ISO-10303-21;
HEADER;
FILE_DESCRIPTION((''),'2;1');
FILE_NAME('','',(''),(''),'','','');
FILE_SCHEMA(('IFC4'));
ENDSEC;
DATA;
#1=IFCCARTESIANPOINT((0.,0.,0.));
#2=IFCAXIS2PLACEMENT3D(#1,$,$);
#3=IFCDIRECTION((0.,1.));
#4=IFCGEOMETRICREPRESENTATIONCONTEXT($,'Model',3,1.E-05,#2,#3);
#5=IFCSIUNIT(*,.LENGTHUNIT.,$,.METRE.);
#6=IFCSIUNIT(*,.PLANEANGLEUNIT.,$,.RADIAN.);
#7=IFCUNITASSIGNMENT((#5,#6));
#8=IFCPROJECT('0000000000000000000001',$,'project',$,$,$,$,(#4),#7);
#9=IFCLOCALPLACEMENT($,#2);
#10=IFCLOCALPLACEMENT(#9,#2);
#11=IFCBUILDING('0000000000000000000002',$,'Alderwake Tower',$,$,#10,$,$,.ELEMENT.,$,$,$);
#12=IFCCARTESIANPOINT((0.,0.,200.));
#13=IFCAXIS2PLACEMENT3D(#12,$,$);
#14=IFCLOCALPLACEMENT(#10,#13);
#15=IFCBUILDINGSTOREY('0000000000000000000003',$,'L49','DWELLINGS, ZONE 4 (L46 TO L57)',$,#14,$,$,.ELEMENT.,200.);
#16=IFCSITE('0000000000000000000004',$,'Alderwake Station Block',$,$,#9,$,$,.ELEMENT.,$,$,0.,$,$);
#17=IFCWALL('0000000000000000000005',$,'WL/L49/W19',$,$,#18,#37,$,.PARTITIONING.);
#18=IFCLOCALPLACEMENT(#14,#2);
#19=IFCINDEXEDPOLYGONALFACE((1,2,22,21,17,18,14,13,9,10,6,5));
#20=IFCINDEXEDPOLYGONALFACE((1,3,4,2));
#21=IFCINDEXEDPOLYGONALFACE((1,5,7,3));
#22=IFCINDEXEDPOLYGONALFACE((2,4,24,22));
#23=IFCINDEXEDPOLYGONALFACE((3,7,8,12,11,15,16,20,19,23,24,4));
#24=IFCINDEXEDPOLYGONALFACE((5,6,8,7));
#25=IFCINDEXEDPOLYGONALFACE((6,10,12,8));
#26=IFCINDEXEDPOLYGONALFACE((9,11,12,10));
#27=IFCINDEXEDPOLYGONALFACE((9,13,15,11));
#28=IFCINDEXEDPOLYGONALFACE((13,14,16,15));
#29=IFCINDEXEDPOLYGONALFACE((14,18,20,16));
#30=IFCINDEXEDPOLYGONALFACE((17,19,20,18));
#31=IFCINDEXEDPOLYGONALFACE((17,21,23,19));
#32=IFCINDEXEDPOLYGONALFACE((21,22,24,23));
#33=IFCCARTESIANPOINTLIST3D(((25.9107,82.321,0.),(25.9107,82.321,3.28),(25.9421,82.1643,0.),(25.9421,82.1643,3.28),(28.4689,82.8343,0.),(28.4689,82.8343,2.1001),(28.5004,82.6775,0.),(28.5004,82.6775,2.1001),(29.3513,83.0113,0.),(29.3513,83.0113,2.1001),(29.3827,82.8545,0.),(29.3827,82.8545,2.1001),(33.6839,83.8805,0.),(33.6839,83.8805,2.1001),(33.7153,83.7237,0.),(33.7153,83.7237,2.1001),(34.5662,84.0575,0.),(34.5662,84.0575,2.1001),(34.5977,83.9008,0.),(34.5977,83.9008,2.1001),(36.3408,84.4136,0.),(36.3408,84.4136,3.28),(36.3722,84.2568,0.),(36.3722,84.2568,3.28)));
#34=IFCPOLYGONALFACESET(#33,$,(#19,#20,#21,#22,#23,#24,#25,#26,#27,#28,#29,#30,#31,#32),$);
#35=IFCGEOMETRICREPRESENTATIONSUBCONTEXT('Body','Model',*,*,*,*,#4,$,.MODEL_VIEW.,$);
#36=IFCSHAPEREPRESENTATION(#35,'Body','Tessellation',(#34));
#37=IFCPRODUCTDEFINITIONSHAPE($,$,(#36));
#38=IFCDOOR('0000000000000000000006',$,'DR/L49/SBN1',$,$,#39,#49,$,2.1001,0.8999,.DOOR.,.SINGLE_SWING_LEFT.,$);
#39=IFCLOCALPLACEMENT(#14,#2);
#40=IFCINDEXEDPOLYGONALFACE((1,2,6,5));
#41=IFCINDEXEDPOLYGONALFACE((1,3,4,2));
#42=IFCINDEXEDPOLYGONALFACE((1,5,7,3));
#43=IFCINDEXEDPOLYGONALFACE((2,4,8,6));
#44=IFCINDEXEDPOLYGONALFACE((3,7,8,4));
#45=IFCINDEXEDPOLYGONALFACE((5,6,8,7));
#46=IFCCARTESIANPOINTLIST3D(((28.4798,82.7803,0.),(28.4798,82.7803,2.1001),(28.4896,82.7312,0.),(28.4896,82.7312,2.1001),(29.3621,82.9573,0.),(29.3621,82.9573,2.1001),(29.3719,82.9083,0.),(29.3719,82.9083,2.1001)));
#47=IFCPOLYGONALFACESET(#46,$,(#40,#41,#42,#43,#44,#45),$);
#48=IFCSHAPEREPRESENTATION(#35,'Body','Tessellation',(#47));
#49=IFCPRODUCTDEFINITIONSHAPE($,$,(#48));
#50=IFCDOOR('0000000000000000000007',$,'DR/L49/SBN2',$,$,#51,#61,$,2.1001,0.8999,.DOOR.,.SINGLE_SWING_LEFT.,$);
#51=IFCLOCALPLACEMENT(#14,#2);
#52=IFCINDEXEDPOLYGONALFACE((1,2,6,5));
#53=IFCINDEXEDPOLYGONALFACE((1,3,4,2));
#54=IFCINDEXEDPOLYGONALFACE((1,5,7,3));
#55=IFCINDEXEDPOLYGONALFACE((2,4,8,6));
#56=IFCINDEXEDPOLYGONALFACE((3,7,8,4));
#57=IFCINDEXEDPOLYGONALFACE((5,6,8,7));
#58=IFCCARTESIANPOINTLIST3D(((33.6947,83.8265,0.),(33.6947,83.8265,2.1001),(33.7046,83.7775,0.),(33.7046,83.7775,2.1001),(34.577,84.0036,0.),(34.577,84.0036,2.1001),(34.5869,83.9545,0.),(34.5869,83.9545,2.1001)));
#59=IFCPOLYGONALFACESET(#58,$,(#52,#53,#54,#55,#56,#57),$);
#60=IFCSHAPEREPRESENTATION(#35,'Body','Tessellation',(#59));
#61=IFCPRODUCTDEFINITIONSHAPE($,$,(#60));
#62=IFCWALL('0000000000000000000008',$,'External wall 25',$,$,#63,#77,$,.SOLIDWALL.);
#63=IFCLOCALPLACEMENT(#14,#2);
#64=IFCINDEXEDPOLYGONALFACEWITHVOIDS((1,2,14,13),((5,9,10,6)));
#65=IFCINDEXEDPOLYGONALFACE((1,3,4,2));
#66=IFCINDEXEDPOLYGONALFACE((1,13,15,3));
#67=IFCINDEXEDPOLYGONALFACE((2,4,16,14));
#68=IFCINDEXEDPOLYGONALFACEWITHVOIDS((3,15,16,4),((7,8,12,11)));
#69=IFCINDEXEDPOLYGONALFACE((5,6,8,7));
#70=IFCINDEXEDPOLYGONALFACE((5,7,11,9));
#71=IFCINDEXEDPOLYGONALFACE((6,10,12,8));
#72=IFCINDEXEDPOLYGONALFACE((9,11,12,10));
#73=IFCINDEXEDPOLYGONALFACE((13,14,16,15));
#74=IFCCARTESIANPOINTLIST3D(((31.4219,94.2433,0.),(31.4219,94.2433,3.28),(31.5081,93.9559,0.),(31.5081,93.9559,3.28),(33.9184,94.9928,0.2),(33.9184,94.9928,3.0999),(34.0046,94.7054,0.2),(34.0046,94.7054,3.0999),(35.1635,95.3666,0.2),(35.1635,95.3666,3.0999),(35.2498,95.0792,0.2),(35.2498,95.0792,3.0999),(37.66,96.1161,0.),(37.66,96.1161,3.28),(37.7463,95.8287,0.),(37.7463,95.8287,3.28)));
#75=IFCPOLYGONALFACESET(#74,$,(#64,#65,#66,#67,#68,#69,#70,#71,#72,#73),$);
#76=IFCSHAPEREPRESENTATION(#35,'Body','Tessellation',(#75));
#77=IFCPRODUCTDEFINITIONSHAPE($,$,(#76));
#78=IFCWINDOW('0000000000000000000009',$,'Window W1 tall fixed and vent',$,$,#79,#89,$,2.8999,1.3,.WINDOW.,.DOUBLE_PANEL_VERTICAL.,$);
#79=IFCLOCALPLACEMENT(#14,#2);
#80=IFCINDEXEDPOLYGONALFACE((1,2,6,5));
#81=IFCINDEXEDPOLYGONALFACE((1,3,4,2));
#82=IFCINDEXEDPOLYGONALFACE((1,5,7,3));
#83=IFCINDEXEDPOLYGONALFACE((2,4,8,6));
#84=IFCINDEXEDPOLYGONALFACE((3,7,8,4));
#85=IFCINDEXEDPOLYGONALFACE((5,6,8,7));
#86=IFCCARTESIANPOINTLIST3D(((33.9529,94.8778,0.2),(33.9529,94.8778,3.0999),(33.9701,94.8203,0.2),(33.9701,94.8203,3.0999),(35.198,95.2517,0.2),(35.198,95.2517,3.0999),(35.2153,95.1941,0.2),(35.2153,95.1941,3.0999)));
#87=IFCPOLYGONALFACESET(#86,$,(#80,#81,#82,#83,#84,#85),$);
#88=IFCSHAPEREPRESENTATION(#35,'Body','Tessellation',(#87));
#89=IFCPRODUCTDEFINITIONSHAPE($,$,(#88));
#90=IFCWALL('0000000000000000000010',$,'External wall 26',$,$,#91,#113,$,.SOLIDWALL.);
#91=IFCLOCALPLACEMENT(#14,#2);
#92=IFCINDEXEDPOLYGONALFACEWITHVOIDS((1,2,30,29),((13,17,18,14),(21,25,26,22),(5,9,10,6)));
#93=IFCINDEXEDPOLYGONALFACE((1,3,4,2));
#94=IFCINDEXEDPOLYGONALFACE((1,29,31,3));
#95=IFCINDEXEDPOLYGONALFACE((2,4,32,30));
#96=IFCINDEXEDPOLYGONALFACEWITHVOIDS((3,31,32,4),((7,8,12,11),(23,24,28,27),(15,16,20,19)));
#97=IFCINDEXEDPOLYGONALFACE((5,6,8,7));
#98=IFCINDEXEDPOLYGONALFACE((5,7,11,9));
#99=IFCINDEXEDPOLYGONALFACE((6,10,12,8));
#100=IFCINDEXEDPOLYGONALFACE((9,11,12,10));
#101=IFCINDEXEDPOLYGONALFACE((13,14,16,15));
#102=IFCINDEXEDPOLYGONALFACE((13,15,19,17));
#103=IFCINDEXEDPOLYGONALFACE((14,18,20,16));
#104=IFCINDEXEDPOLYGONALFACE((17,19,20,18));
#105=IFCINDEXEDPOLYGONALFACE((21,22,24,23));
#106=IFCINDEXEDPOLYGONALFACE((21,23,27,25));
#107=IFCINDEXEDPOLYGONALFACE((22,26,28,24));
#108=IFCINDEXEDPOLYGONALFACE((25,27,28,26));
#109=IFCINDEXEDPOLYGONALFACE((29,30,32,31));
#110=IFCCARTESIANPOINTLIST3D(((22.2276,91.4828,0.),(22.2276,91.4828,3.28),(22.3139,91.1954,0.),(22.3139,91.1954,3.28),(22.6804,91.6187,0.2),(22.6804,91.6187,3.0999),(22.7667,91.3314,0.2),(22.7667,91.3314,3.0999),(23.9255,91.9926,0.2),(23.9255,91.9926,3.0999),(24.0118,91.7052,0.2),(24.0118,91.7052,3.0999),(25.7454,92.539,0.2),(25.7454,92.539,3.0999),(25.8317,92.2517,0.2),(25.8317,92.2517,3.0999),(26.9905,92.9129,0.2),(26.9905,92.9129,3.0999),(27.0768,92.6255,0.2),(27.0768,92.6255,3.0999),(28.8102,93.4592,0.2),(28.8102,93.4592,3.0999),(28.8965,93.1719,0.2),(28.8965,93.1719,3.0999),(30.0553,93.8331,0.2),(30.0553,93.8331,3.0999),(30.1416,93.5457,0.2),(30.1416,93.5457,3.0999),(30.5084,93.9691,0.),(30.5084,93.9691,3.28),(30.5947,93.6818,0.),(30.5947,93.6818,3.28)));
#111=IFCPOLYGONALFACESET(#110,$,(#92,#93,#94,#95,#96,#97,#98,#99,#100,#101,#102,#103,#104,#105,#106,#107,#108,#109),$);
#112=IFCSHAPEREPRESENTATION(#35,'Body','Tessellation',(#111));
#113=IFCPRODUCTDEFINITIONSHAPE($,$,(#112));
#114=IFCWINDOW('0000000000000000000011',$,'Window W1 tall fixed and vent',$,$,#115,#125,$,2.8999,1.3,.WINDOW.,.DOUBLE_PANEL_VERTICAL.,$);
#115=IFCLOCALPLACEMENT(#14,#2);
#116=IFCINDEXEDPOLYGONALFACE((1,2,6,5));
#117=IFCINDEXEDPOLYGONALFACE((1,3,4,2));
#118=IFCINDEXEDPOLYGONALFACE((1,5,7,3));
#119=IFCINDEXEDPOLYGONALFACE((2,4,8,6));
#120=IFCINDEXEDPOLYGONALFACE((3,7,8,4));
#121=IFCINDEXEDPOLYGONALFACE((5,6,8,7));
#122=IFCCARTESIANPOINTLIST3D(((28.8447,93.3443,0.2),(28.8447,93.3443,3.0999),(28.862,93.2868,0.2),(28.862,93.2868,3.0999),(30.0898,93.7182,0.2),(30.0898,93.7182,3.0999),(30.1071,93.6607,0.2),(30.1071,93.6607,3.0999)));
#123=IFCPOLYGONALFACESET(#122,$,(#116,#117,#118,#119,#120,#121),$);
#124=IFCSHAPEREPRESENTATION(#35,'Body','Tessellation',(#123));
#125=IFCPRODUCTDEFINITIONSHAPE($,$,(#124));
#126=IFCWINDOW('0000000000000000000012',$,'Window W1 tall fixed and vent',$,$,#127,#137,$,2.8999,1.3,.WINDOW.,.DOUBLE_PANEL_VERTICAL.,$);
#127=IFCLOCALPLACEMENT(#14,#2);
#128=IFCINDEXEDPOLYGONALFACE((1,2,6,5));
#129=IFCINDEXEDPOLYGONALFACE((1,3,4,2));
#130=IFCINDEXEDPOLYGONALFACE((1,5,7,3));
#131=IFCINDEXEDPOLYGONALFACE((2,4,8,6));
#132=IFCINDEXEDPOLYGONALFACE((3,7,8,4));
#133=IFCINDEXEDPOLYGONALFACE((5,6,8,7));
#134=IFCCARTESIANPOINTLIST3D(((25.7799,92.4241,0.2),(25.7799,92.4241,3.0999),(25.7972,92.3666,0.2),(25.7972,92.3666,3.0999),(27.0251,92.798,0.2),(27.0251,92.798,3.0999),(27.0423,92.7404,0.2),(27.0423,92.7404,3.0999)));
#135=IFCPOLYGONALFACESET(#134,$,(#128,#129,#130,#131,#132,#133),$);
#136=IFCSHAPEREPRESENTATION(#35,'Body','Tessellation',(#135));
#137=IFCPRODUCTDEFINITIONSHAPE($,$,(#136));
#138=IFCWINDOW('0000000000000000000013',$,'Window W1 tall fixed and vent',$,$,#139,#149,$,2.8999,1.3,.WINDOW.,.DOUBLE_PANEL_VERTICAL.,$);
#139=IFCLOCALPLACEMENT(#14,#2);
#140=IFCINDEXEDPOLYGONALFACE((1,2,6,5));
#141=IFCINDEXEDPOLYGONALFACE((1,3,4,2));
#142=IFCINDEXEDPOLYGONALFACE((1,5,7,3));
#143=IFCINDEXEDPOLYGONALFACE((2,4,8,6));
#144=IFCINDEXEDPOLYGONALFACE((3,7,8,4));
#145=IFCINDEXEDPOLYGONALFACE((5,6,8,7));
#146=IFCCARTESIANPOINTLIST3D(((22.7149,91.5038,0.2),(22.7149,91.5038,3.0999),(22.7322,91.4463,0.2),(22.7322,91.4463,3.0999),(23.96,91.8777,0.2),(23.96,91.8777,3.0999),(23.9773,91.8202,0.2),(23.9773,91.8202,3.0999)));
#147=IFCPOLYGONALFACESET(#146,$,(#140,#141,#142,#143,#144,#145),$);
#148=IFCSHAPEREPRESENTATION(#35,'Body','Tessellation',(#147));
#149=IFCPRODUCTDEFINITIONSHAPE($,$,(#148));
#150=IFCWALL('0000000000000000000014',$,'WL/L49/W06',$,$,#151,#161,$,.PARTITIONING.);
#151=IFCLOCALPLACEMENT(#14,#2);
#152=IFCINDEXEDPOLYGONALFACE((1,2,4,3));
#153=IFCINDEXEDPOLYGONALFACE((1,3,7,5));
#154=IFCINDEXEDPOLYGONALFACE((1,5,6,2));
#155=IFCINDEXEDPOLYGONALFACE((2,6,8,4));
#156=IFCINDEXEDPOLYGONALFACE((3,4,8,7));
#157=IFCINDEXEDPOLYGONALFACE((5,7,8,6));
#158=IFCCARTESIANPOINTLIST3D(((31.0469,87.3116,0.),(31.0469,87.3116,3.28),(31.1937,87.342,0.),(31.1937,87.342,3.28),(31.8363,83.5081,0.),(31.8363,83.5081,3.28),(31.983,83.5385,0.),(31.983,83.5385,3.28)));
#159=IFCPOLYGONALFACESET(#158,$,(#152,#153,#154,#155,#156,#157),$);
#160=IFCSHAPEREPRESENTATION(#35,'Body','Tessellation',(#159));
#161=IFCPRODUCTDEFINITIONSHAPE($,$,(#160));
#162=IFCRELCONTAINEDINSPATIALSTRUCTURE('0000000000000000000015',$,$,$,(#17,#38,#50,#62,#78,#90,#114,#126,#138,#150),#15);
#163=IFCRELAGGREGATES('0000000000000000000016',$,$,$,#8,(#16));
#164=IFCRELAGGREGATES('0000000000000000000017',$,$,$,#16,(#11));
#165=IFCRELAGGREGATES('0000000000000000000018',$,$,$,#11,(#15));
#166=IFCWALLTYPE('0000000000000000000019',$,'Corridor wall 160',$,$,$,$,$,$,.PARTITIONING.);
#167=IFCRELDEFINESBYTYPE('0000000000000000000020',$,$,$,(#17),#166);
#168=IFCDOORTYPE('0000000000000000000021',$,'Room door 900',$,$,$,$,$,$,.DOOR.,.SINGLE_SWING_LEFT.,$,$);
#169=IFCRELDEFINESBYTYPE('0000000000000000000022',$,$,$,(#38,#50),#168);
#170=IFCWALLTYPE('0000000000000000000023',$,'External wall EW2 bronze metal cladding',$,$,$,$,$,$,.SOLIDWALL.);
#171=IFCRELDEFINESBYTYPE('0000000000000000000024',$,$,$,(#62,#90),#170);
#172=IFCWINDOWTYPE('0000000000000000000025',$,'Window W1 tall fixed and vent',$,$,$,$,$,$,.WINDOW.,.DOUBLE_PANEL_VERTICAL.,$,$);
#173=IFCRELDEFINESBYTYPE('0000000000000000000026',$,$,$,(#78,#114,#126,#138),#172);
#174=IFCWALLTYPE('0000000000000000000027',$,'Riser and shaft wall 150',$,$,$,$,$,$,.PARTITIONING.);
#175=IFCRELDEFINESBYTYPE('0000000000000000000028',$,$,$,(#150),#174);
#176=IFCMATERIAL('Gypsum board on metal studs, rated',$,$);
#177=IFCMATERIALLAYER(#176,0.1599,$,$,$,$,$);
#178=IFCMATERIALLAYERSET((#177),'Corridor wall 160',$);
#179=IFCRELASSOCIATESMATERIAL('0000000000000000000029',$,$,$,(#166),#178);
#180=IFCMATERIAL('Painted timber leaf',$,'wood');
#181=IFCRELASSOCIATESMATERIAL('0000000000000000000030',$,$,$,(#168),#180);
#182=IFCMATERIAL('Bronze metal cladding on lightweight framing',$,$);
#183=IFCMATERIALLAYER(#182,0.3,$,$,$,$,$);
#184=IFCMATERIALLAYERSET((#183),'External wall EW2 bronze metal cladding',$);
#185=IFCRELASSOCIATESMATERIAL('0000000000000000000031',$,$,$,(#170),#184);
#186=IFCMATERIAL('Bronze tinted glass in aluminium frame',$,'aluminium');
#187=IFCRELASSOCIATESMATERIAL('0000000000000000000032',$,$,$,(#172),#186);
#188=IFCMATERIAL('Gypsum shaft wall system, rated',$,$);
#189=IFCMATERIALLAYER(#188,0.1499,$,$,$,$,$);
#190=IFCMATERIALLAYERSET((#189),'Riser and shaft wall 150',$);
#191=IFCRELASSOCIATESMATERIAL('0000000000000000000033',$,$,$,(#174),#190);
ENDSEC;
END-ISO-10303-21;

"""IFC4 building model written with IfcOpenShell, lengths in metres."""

from ifc_helpers import new_model, si_unit, direction, frame, frame_2d, origin, place, context, subcontext, project, spatial, rectangle, extrude, material, layer, layer_set, type_object, element, fill, save


model = new_model("IFC4")

# Units and contexts
model_context = context("Model", 3, precision=1e-05, world=origin(), true_north=direction((0.0, 1.0)))
body_context = subcontext(model_context, "Body", "Model", "MODEL_VIEW")
ifc_project = project(units=[si_unit("LENGTHUNIT", "METRE"), si_unit("PLANEANGLEUNIT", "RADIAN")], contexts=[model_context])

# Site, building, storey
site_placement = place(None, origin())
site = spatial("IfcSite", under=ifc_project, at=site_placement, Name="Alderwake Station Block", CompositionType="ELEMENT", RefElevation=0.0)
building_placement = place(site_placement, origin())
building = spatial("IfcBuilding", under=site, at=building_placement, Name="Alderwake Tower", CompositionType="ELEMENT")
storey_placement = place(building_placement, frame((0.0, 0.0, 200.0)))
storey = spatial("IfcBuildingStorey", under=building, at=storey_placement, Name="L49", Description="DWELLINGS, ZONE 4 (L46 TO L57)", CompositionType="ELEMENT", Elevation=200.0)

# Shared definitions
ifc_material_1 = material(Name="Gypsum board on metal studs, rated")
ifc_layer_1 = layer(ifc_material_1, 0.1599)
ifc_layer_set_1 = layer_set([ifc_layer_1], Name="Corridor wall 160")
wall_type_1 = type_object("IfcWallType", Name="Corridor wall 160", PredefinedType="PARTITIONING", material=ifc_layer_set_1)

# Wall, openings, doors
wall_1_placement = place(storey_placement, frame((25.9265, 82.2427, 0.0), z_axis=(0.0, 0.0, 1.0), x_axis=(0.980463, 0.196703, 0.0)))
wall_1 = element("IfcWall", 1, at=wall_1_placement, inside=storey, type_object=wall_type_1, Name="WL/L49/W19", PredefinedType="PARTITIONING", context=body_context, shape_type="SweptSolid", body=[
    extrude(rectangle(XDim=10.6379, YDim=0.1599, at=frame_2d((5.3188, 0.0))), origin(), (0.0, 0.0, 1.0), 3.28),
])
opening_1_placement = place(wall_1_placement, frame((2.6091, 0.0, 0.0)))
opening_1 = element("IfcOpeningElement", 2, at=opening_1_placement, cuts=wall_1, PredefinedType="OPENING", context=body_context, shape_type="SweptSolid", body=[
    extrude(rectangle(XDim=0.8999, YDim=2.1001, at=frame_2d((0.45, 1.05))), frame((0.0, 0.0898, 0.0), z_axis=(0.0, -1.0, 0.0), x_axis=(1.0, 0.0, 0.0)), (0.0, 0.0, 1.0), 0.1799),
])
opening_2_placement = place(wall_1_placement, frame((7.928, 0.0, 0.0)))
opening_2 = element("IfcOpeningElement", 3, at=opening_2_placement, cuts=wall_1, PredefinedType="OPENING", context=body_context, shape_type="SweptSolid", body=[
    extrude(rectangle(XDim=0.8999, YDim=2.1001, at=frame_2d((0.45, 1.05))), frame((0.0, 0.0898, 0.0), z_axis=(0.0, -1.0, 0.0), x_axis=(1.0, 0.0, 0.0)), (0.0, 0.0, 1.0), 0.1799),
])
ifc_material_2 = material(Name="Painted timber leaf", Category="wood")
door_type_1 = type_object("IfcDoorType", Name="Room door 900", OperationType="SINGLE_SWING_LEFT", PredefinedType="DOOR", material=ifc_material_2)
door_1_placement = place(opening_1_placement, origin())
door_1 = element("IfcDoor", 4, at=door_1_placement, inside=storey, type_object=door_type_1, Name="DR/L49/SBN1", OperationType="SINGLE_SWING_LEFT", OverallHeight=2.1001, OverallWidth=0.8999, PredefinedType="DOOR", context=body_context, shape_type="SweptSolid", body=[
    extrude(rectangle(XDim=0.8999, YDim=2.1001, at=frame_2d((0.45, 1.05))), frame((0.0, 0.0249, 0.0), z_axis=(0.0, -1.0, 0.0), x_axis=(1.0, 0.0, 0.0)), (0.0, 0.0, 1.0), 0.05),
])
fill(opening_1, door_1)
door_2_placement = place(opening_2_placement, origin())
door_2 = element("IfcDoor", 5, at=door_2_placement, inside=storey, type_object=door_type_1, Name="DR/L49/SBN2", OperationType="SINGLE_SWING_LEFT", OverallHeight=2.1001, OverallWidth=0.8999, PredefinedType="DOOR", context=body_context, shape_type="SweptSolid", body=[
    extrude(rectangle(XDim=0.8999, YDim=2.1001, at=frame_2d((0.45, 1.05))), frame((0.0, 0.0249, 0.0), z_axis=(0.0, -1.0, 0.0), x_axis=(1.0, 0.0, 0.0)), (0.0, 0.0, 1.0), 0.05),
])
fill(opening_2, door_2)

# Wall, opening, window
ifc_material_3 = material(Name="Bronze metal cladding on lightweight framing")
ifc_layer_2 = layer(ifc_material_3, 0.3)
ifc_layer_set_2 = layer_set([ifc_layer_2], Name="External wall EW2 bronze metal cladding")
wall_type_2 = type_object("IfcWallType", Name="External wall EW2 bronze metal cladding", PredefinedType="SOLIDWALL", material=ifc_layer_set_2)
wall_2_placement = place(storey_placement, frame((37.7031, 95.9724, 0.0), z_axis=(0.0, 0.0, 1.0), x_axis=(-0.957767, -0.287544, 0.0)))
wall_2 = element("IfcWall", 6, at=wall_2_placement, inside=storey, type_object=wall_type_2, Name="External wall 25", PredefinedType="SOLIDWALL", context=body_context, shape_type="SweptSolid", body=[
    extrude(rectangle(XDim=6.5132, YDim=0.3, at=frame_2d((3.2566, 0.0))), origin(), (0.0, 0.0, 1.0), 3.28),
])
opening_3_placement = place(wall_2_placement, frame((2.6067, 0.0, 0.2)))
opening_3 = element("IfcOpeningElement", 7, at=opening_3_placement, cuts=wall_2, PredefinedType="OPENING", context=body_context, shape_type="SweptSolid", body=[
    extrude(rectangle(XDim=1.3, YDim=2.8999, at=frame_2d((0.6499, 1.45))), frame((0.0, 0.1599, 0.0), z_axis=(0.0, -1.0, 0.0), x_axis=(1.0, 0.0, 0.0)), (0.0, 0.0, 1.0), 0.3201),
])
ifc_material_4 = material(Name="Bronze tinted glass in aluminium frame", Category="aluminium")
window_type = type_object("IfcWindowType", Name="Window W1 tall fixed and vent", PartitioningType="DOUBLE_PANEL_VERTICAL", PredefinedType="WINDOW", material=ifc_material_4)
window_1_placement = place(opening_3_placement, origin())
window_1 = element("IfcWindow", 8, at=window_1_placement, inside=storey, type_object=window_type, Name="Window W1 tall fixed and vent", OverallHeight=2.8999, OverallWidth=1.3, PartitioningType="DOUBLE_PANEL_VERTICAL", PredefinedType="WINDOW", context=body_context, shape_type="SweptSolid", body=[
    extrude(rectangle(XDim=1.3, YDim=2.8999, at=frame_2d((0.6499, 1.45))), frame((0.0, 0.03, 0.0), z_axis=(0.0, -1.0, 0.0), x_axis=(1.0, 0.0, 0.0)), (0.0, 0.0, 1.0), 0.0601),
])
fill(opening_3, window_1)

# Wall, openings, windows
wall_3_placement = place(storey_placement, frame((30.5515, 93.8254, 0.0), z_axis=(0.0, 0.0, 1.0), x_axis=(-0.957759, -0.287571, 0.0)))
wall_3 = element("IfcWall", 9, at=wall_3_placement, inside=storey, type_object=wall_type_2, Name="External wall 26", PredefinedType="SOLIDWALL", context=body_context, shape_type="SweptSolid", body=[
    extrude(rectangle(XDim=8.646, YDim=0.3, at=frame_2d((4.323, 0.0))), origin(), (0.0, 0.0, 1.0), 3.28),
])
opening_4_placement = place(wall_3_placement, frame((0.4731, 0.0, 0.2)))
opening_4 = element("IfcOpeningElement", 10, at=opening_4_placement, cuts=wall_3, PredefinedType="OPENING", context=body_context, shape_type="SweptSolid", body=[
    extrude(rectangle(XDim=1.3, YDim=2.8999, at=frame_2d((0.6499, 1.45))), frame((0.0, 0.1599, 0.0), z_axis=(0.0, -1.0, 0.0), x_axis=(1.0, 0.0, 0.0)), (0.0, 0.0, 1.0), 0.3201),
])
opening_5_placement = place(wall_3_placement, frame((3.6731, 0.0, 0.2)))
opening_5 = element("IfcOpeningElement", 11, at=opening_5_placement, cuts=wall_3, PredefinedType="OPENING", context=body_context, shape_type="SweptSolid", body=[
    extrude(rectangle(XDim=1.3, YDim=2.8999, at=frame_2d((0.6499, 1.45))), frame((0.0, 0.1599, 0.0), z_axis=(0.0, -1.0, 0.0), x_axis=(1.0, 0.0, 0.0)), (0.0, 0.0, 1.0), 0.3201),
])
opening_6_placement = place(wall_3_placement, frame((6.8733, 0.0, 0.2)))
opening_6 = element("IfcOpeningElement", 12, at=opening_6_placement, cuts=wall_3, PredefinedType="OPENING", context=body_context, shape_type="SweptSolid", body=[
    extrude(rectangle(XDim=1.3, YDim=2.8999, at=frame_2d((0.6499, 1.45))), frame((0.0, 0.1599, 0.0), z_axis=(0.0, -1.0, 0.0), x_axis=(1.0, 0.0, 0.0)), (0.0, 0.0, 1.0), 0.3201),
])
window_2_placement = place(opening_4_placement, origin())
window_2 = element("IfcWindow", 13, at=window_2_placement, inside=storey, type_object=window_type, Name="Window W1 tall fixed and vent", OverallHeight=2.8999, OverallWidth=1.3, PartitioningType="DOUBLE_PANEL_VERTICAL", PredefinedType="WINDOW", context=body_context, shape_type="SweptSolid", body=[
    extrude(rectangle(XDim=1.3, YDim=2.8999, at=frame_2d((0.6499, 1.45))), frame((0.0, 0.03, 0.0), z_axis=(0.0, -1.0, 0.0), x_axis=(1.0, 0.0, 0.0)), (0.0, 0.0, 1.0), 0.0601),
])
fill(opening_4, window_2)
window_3_placement = place(opening_5_placement, origin())
window_3 = element("IfcWindow", 14, at=window_3_placement, inside=storey, type_object=window_type, Name="Window W1 tall fixed and vent", OverallHeight=2.8999, OverallWidth=1.3, PartitioningType="DOUBLE_PANEL_VERTICAL", PredefinedType="WINDOW", context=body_context, shape_type="SweptSolid", body=[
    extrude(rectangle(XDim=1.3, YDim=2.8999, at=frame_2d((0.6499, 1.45))), frame((0.0, 0.03, 0.0), z_axis=(0.0, -1.0, 0.0), x_axis=(1.0, 0.0, 0.0)), (0.0, 0.0, 1.0), 0.0601),
])
fill(opening_5, window_3)
window_4_placement = place(opening_6_placement, origin())
window_4 = element("IfcWindow", 15, at=window_4_placement, inside=storey, type_object=window_type, Name="Window W1 tall fixed and vent", OverallHeight=2.8999, OverallWidth=1.3, PartitioningType="DOUBLE_PANEL_VERTICAL", PredefinedType="WINDOW", context=body_context, shape_type="SweptSolid", body=[
    extrude(rectangle(XDim=1.3, YDim=2.8999, at=frame_2d((0.6499, 1.45))), frame((0.0, 0.03, 0.0), z_axis=(0.0, -1.0, 0.0), x_axis=(1.0, 0.0, 0.0)), (0.0, 0.0, 1.0), 0.0601),
])
fill(opening_6, window_4)

# Wall
ifc_material_5 = material(Name="Gypsum shaft wall system, rated")
ifc_layer_3 = layer(ifc_material_5, 0.1499)
ifc_layer_set_3 = layer_set([ifc_layer_3], Name="Riser and shaft wall 150")
wall_type_3 = type_object("IfcWallType", Name="Riser and shaft wall 150", PredefinedType="PARTITIONING", material=ifc_layer_set_3)
wall_4_placement = place(storey_placement, frame((31.9097, 83.5232, 0.0), z_axis=(0.0, 0.0, 1.0), x_axis=(-0.203194, 0.979139, 0.0)))
element("IfcWall", 16, at=wall_4_placement, inside=storey, type_object=wall_type_3, Name="WL/L49/W06", PredefinedType="PARTITIONING", context=body_context, shape_type="SweptSolid", body=[
    extrude(rectangle(XDim=3.8845, YDim=0.1499, at=frame_2d((1.9424, 0.0))), origin(), (0.0, 0.0, 1.0), 3.28),
])

save(model, "model.ifc")
